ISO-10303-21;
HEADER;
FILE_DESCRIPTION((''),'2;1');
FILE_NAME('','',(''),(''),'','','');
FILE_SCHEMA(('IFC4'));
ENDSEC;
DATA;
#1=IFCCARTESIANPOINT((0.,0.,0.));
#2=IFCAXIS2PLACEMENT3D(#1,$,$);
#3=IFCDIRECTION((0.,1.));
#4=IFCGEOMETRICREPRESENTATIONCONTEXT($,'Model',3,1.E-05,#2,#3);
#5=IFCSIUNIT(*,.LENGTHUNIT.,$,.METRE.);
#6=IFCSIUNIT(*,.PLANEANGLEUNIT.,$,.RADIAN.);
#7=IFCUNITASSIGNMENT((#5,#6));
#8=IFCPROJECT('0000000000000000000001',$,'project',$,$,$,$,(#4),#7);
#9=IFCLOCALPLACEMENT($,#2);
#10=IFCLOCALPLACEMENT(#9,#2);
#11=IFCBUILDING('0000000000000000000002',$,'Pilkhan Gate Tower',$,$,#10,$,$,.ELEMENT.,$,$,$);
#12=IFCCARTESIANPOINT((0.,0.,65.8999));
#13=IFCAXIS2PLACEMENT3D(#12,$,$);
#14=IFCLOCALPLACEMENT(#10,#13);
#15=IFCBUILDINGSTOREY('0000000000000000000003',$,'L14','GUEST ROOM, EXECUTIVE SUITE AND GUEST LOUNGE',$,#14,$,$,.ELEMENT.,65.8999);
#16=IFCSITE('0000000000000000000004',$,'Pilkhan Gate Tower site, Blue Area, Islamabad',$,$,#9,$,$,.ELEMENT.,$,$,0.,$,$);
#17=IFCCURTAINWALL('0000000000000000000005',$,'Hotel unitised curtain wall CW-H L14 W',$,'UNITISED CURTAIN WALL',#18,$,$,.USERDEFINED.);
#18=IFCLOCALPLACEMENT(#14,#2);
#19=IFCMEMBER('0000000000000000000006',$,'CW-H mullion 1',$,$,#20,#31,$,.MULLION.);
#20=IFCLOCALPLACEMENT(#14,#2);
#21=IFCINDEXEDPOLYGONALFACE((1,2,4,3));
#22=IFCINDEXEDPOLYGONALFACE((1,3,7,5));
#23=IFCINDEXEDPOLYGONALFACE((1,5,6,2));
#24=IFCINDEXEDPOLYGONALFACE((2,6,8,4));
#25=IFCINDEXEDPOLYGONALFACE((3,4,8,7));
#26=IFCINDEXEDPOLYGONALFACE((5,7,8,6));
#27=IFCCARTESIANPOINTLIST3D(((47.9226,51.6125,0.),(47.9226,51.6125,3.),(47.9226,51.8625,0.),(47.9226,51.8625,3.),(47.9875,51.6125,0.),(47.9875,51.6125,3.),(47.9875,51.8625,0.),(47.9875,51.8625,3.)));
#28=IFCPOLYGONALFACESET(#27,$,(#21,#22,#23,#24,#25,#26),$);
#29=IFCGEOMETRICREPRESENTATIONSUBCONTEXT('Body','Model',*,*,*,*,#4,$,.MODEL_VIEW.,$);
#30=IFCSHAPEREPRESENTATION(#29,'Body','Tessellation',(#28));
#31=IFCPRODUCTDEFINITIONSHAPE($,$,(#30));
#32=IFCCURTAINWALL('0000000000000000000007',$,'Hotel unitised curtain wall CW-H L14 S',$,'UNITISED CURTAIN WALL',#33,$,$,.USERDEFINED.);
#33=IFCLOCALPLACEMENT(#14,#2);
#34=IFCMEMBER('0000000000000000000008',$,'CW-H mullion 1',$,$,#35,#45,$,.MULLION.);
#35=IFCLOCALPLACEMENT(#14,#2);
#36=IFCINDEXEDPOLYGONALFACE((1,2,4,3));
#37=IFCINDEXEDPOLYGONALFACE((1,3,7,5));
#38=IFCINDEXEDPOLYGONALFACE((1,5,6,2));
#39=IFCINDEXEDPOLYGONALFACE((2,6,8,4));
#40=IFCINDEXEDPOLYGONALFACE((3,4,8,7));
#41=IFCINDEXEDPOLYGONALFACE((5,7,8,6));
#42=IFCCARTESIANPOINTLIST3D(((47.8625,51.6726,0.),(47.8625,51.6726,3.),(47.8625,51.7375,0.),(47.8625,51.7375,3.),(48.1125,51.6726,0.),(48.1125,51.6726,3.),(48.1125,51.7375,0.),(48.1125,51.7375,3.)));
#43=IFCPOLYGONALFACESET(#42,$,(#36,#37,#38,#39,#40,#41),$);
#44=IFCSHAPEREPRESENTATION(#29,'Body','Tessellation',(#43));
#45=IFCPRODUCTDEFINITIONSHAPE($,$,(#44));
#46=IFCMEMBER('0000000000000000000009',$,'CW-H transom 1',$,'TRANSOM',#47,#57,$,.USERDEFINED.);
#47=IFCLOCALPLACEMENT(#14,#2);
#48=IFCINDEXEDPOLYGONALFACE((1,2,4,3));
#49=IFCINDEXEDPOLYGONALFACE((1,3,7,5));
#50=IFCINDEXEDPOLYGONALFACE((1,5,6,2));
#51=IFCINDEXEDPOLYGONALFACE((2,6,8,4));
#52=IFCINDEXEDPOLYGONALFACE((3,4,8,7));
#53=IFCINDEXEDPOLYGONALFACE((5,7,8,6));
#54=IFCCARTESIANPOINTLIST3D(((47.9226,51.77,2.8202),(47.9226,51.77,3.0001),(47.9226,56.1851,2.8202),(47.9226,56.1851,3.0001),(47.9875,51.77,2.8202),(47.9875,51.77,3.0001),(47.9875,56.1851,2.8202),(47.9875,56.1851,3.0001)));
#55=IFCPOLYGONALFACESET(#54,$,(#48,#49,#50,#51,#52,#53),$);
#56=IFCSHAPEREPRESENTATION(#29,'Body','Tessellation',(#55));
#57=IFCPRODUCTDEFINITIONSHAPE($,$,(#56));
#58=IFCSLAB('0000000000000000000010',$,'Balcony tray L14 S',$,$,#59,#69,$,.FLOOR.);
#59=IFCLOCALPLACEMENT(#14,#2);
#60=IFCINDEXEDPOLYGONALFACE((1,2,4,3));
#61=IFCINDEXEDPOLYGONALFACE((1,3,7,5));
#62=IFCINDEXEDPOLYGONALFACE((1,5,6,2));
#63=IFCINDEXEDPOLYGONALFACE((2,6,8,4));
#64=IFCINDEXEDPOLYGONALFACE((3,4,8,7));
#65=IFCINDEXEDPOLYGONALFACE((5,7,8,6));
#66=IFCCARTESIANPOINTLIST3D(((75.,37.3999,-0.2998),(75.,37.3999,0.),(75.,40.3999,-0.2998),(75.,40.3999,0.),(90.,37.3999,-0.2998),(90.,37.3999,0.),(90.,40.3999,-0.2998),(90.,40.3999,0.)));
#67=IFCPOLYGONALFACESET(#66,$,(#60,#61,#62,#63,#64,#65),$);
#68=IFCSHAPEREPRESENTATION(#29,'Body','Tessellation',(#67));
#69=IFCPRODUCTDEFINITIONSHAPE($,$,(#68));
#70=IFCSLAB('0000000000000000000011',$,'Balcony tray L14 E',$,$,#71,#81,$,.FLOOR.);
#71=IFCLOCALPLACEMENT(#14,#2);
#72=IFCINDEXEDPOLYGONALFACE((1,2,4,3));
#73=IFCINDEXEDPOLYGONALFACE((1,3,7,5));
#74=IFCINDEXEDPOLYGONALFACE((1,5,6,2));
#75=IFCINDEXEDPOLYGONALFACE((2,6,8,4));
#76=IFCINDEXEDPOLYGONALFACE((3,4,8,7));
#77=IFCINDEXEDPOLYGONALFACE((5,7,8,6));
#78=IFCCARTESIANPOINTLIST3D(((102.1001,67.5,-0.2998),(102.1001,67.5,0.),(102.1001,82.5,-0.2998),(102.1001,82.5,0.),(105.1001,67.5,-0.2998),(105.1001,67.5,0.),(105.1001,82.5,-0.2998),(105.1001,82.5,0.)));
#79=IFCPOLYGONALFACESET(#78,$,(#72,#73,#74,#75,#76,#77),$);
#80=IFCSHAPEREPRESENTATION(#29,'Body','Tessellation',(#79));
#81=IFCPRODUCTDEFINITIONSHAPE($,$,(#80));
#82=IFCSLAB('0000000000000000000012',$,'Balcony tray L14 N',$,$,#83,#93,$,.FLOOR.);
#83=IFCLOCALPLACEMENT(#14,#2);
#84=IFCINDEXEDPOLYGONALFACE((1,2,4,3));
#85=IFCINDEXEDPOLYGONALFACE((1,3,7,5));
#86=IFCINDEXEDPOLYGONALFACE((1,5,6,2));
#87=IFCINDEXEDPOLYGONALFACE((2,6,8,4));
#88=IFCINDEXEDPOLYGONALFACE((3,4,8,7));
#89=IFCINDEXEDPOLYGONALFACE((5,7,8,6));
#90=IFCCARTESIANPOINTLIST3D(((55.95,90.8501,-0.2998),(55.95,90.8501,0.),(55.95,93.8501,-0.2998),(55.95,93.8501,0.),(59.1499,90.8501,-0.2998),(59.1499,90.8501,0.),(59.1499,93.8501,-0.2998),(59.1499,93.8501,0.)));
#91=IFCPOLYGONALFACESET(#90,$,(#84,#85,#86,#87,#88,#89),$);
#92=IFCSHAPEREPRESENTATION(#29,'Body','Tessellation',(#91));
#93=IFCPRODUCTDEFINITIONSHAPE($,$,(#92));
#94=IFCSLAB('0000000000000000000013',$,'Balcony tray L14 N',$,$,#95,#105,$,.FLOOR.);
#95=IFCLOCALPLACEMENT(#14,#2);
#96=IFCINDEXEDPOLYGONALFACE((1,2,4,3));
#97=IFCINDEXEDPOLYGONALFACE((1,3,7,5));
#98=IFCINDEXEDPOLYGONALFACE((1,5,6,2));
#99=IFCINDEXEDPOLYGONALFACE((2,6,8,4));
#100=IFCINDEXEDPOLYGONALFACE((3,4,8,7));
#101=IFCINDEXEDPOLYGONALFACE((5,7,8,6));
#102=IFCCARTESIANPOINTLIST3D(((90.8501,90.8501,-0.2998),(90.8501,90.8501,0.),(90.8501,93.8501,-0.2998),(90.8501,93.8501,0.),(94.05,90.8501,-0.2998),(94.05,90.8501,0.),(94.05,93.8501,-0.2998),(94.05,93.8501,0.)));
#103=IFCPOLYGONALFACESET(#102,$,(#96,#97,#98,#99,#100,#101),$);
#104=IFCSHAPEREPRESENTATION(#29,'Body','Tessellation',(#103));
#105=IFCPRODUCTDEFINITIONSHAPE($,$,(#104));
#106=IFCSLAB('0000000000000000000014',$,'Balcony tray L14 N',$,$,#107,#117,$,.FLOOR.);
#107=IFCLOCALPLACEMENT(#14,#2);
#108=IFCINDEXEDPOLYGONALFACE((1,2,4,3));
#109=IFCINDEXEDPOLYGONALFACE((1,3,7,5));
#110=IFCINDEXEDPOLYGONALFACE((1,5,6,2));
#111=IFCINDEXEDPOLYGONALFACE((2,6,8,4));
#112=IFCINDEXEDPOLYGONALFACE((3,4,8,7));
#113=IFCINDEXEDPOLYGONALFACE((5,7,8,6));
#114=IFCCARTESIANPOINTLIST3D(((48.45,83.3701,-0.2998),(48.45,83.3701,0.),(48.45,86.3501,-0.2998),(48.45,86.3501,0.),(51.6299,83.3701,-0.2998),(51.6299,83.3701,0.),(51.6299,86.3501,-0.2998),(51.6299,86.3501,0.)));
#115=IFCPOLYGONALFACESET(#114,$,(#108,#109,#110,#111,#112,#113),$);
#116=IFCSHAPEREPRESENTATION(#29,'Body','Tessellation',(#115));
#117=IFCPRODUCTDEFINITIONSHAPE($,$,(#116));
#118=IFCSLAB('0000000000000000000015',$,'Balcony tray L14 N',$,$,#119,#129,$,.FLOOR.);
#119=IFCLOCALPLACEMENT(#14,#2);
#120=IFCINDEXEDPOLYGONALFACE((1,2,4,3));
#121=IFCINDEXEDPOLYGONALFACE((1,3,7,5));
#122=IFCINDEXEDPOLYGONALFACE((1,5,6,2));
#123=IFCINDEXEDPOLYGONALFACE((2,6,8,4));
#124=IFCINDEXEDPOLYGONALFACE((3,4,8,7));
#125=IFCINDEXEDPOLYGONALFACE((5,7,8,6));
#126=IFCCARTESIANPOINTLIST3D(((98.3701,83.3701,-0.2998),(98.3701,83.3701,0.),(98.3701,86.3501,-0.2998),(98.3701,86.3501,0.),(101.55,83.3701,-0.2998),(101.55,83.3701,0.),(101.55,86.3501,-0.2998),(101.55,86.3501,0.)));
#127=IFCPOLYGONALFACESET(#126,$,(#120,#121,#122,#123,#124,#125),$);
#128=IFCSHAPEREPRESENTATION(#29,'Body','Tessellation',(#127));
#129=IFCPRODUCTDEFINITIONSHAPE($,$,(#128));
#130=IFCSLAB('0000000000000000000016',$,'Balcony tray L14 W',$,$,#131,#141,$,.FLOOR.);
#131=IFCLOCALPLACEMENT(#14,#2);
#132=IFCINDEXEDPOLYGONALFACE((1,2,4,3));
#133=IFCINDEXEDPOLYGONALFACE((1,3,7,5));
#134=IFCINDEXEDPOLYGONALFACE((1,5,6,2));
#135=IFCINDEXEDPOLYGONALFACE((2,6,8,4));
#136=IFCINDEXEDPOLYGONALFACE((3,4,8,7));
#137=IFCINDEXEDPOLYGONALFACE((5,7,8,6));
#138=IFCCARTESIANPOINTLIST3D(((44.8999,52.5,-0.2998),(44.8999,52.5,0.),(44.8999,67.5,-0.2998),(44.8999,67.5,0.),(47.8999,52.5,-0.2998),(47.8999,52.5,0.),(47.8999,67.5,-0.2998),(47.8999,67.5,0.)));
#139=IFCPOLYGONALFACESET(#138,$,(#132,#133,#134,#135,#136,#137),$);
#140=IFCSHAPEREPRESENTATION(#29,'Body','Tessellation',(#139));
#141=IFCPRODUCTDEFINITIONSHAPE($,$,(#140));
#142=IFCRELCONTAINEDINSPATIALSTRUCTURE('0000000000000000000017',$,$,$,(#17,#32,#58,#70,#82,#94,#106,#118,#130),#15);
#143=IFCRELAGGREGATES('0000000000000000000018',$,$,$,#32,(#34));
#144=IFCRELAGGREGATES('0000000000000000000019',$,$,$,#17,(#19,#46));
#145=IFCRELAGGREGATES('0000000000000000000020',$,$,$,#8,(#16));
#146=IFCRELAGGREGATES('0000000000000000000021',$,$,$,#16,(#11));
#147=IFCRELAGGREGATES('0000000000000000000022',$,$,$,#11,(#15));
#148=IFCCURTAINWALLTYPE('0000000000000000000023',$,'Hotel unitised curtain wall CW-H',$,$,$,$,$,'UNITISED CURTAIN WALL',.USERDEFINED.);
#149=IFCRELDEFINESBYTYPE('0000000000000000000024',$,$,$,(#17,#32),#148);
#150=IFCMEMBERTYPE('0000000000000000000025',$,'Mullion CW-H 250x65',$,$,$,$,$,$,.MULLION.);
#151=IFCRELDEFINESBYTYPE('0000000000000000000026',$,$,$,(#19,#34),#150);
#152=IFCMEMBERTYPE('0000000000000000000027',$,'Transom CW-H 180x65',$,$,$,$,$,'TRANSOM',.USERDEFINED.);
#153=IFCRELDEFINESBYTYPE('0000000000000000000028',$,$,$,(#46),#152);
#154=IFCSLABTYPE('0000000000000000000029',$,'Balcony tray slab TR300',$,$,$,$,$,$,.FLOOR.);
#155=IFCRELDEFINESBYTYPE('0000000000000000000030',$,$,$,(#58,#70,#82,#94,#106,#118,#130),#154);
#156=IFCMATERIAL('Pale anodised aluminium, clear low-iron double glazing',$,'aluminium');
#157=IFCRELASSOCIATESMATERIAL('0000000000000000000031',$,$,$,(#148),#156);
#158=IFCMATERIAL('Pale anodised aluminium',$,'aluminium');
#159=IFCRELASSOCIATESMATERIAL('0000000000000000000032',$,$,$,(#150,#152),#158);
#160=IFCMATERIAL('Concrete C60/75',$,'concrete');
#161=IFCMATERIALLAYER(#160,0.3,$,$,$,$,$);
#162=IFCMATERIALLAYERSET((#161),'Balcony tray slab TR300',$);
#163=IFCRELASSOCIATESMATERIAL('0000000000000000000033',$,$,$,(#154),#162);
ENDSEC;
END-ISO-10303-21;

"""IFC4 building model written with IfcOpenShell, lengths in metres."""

from ifc_helpers import new_model, si_unit, direction, frame, origin, origin_2d, place, context, subcontext, project, spatial, polyline, rectangle, outline, extrude, material, layer, layer_set, material_profile, profile_set, type_object, element, aggregate, save


model = new_model("IFC4")

# Units and contexts
model_context = context("Model", 3, precision=1e-05, world=origin(), true_north=direction((0.0, 1.0)))
body_context = subcontext(model_context, "Body", "Model", "MODEL_VIEW")
ifc_project = project(units=[si_unit("LENGTHUNIT", "METRE"), si_unit("PLANEANGLEUNIT", "RADIAN")], contexts=[model_context])

# Site, building, storey
site_placement = place(None, origin())
site = spatial("IfcSite", under=ifc_project, at=site_placement, Name="Pilkhan Gate Tower site, Blue Area, Islamabad", CompositionType="ELEMENT", RefElevation=0.0)
building_placement = place(site_placement, origin())
building = spatial("IfcBuilding", under=site, at=building_placement, Name="Pilkhan Gate Tower", CompositionType="ELEMENT")
storey_placement = place(building_placement, frame((0.0, 0.0, 65.8999)))
storey = spatial("IfcBuildingStorey", under=building, at=storey_placement, Name="L14", Description="GUEST ROOM, EXECUTIVE SUITE AND GUEST LOUNGE", CompositionType="ELEMENT", Elevation=65.8999)

# Curtain walls, members
ifc_material_1 = material(Name="Pale anodised aluminium, clear low-iron double glazing", Category="aluminium")
curtain_wall_type = type_object("IfcCurtainWallType", Name="Hotel unitised curtain wall CW-H", ElementType="UNITISED CURTAIN WALL", PredefinedType="USERDEFINED", material=ifc_material_1)
curtain_wall_1_placement = place(storey_placement, origin())
curtain_wall_1 = element("IfcCurtainWall", 1, at=curtain_wall_1_placement, inside=storey, type_object=curtain_wall_type, Name="Hotel unitised curtain wall CW-H L14 W", ObjectType="UNITISED CURTAIN WALL", PredefinedType="USERDEFINED")
ifc_material_2 = material(Name="Pale anodised aluminium", Category="aluminium")
ifc_material_profile_1 = material_profile(ifc_material_2, rectangle(XDim=0.0649, YDim=0.25, at=origin_2d()), Name="Mullion 250x65")
ifc_profile_set_1 = profile_set([ifc_material_profile_1], Name="Pale anodised aluminium")
member_type_1 = type_object("IfcMemberType", Name="Mullion CW-H 250x65", PredefinedType="MULLION", material=ifc_profile_set_1)
member_1_placement = place(storey_placement, frame((47.9551, 51.7375, 0.0), z_axis=(0.0, 0.0, 1.0), x_axis=(-1.0, 0.0, 0.0)))
member_1 = element("IfcMember", 2, at=member_1_placement, type_object=member_type_1, Name="CW-H mullion 1", PredefinedType="MULLION", context=body_context, shape_type="SweptSolid", body=[
    extrude(rectangle(XDim=0.0649, YDim=0.25, at=origin_2d()), origin(), (0.0, 0.0, 1.0), 3.0),
])
curtain_wall_2_placement = place(storey_placement, origin())
curtain_wall_2 = element("IfcCurtainWall", 3, at=curtain_wall_2_placement, inside=storey, type_object=curtain_wall_type, Name="Hotel unitised curtain wall CW-H L14 S", ObjectType="UNITISED CURTAIN WALL", PredefinedType="USERDEFINED")
member_2_placement = place(storey_placement, frame((47.9875, 51.7051, 0.0), z_axis=(0.0, 0.0, 1.0), x_axis=(0.0, 1.0, 0.0)))
member_2 = element("IfcMember", 4, at=member_2_placement, type_object=member_type_1, Name="CW-H mullion 1", PredefinedType="MULLION", context=body_context, shape_type="SweptSolid", body=[
    extrude(rectangle(XDim=0.0649, YDim=0.25, at=origin_2d()), origin(), (0.0, 0.0, 1.0), 3.0),
])
aggregate(curtain_wall_2, [member_2])

# Member
ifc_material_profile_2 = material_profile(ifc_material_2, rectangle(XDim=0.0649, YDim=0.1799, at=origin_2d()), Name="Transom 180x65")
ifc_profile_set_2 = profile_set([ifc_material_profile_2], Name="Pale anodised aluminium")
member_type_2 = type_object("IfcMemberType", Name="Transom CW-H 180x65", ElementType="TRANSOM", PredefinedType="USERDEFINED", material=ifc_profile_set_2)
member_3_placement = place(storey_placement, frame((47.9551, 51.77, 2.9102), z_axis=(0.0, 1.0, 0.0), x_axis=(-1.0, 0.0, 0.0)))
member_3 = element("IfcMember", 5, at=member_3_placement, type_object=member_type_2, Name="CW-H transom 1", ObjectType="TRANSOM", PredefinedType="USERDEFINED", context=body_context, shape_type="SweptSolid", body=[
    extrude(rectangle(XDim=0.0649, YDim=0.1799, at=origin_2d()), origin(), (0.0, 0.0, 1.0), 4.415),
])
aggregate(curtain_wall_1, [member_1, member_3])

# Slabs
ifc_material_3 = material(Name="Concrete C60/75", Category="concrete")
ifc_layer_1 = layer(ifc_material_3, 0.3)
ifc_layer_set_1 = layer_set([ifc_layer_1], Name="Balcony tray slab TR300")
slab_type_1 = type_object("IfcSlabType", Name="Balcony tray slab TR300", PredefinedType="FLOOR", material=ifc_layer_set_1)
slab_1_placement = place(storey_placement, frame((0.0, 0.0, -0.2998)))
element("IfcSlab", 6, at=slab_1_placement, inside=storey, type_object=slab_type_1, Name="Balcony tray L14 S", PredefinedType="FLOOR", context=body_context, shape_type="SweptSolid", body=[
    extrude(outline(polyline([(90.0, 37.3999), (90.0, 40.3999), (75.0, 40.3999), (75.0, 37.3999), (90.0, 37.3999)])), origin(), (0.0, 0.0, 1.0), 0.2998),
])
slab_2_placement = place(storey_placement, frame((0.0, 0.0, -0.2998)))
element("IfcSlab", 7, at=slab_2_placement, inside=storey, type_object=slab_type_1, Name="Balcony tray L14 E", PredefinedType="FLOOR", context=body_context, shape_type="SweptSolid", body=[
    extrude(outline(polyline([(105.1001, 67.5), (105.1001, 82.5), (102.1001, 82.5), (102.1001, 67.5), (105.1001, 67.5)])), origin(), (0.0, 0.0, 1.0), 0.2998),
])
slab_3_placement = place(storey_placement, frame((0.0, 0.0, -0.2998)))
element("IfcSlab", 8, at=slab_3_placement, inside=storey, type_object=slab_type_1, Name="Balcony tray L14 N", PredefinedType="FLOOR", context=body_context, shape_type="SweptSolid", body=[
    extrude(outline(polyline([(59.1499, 90.8501), (59.1499, 93.8501), (55.95, 93.8501), (55.95, 90.8501), (59.1499, 90.8501)])), origin(), (0.0, 0.0, 1.0), 0.2998),
])
slab_4_placement = place(storey_placement, frame((0.0, 0.0, -0.2998)))
element("IfcSlab", 9, at=slab_4_placement, inside=storey, type_object=slab_type_1, Name="Balcony tray L14 N", PredefinedType="FLOOR", context=body_context, shape_type="SweptSolid", body=[
    extrude(outline(polyline([(94.05, 90.8501), (94.05, 93.8501), (90.8501, 93.8501), (90.8501, 90.8501), (94.05, 90.8501)])), origin(), (0.0, 0.0, 1.0), 0.2998),
])
slab_5_placement = place(storey_placement, frame((0.0, 0.0, -0.2998)))
element("IfcSlab", 10, at=slab_5_placement, inside=storey, type_object=slab_type_1, Name="Balcony tray L14 N", PredefinedType="FLOOR", context=body_context, shape_type="SweptSolid", body=[
    extrude(outline(polyline([(51.6299, 83.3701), (51.6299, 86.3501), (48.45, 86.3501), (48.45, 83.3701), (51.6299, 83.3701)])), origin(), (0.0, 0.0, 1.0), 0.2998),
])
slab_6_placement = place(storey_placement, frame((0.0, 0.0, -0.2998)))
element("IfcSlab", 11, at=slab_6_placement, inside=storey, type_object=slab_type_1, Name="Balcony tray L14 N", PredefinedType="FLOOR", context=body_context, shape_type="SweptSolid", body=[
    extrude(outline(polyline([(101.55, 83.3701), (101.55, 86.3501), (98.3701, 86.3501), (98.3701, 83.3701), (101.55, 83.3701)])), origin(), (0.0, 0.0, 1.0), 0.2998),
])
slab_7_placement = place(storey_placement, frame((0.0, 0.0, -0.2998)))
element("IfcSlab", 12, at=slab_7_placement, inside=storey, type_object=slab_type_1, Name="Balcony tray L14 W", PredefinedType="FLOOR", context=body_context, shape_type="SweptSolid", body=[
    extrude(outline(polyline([(47.8999, 52.5), (47.8999, 67.5), (44.8999, 67.5), (44.8999, 52.5), (47.8999, 52.5)])), origin(), (0.0, 0.0, 1.0), 0.2998),
])

save(model, "model.ifc")
